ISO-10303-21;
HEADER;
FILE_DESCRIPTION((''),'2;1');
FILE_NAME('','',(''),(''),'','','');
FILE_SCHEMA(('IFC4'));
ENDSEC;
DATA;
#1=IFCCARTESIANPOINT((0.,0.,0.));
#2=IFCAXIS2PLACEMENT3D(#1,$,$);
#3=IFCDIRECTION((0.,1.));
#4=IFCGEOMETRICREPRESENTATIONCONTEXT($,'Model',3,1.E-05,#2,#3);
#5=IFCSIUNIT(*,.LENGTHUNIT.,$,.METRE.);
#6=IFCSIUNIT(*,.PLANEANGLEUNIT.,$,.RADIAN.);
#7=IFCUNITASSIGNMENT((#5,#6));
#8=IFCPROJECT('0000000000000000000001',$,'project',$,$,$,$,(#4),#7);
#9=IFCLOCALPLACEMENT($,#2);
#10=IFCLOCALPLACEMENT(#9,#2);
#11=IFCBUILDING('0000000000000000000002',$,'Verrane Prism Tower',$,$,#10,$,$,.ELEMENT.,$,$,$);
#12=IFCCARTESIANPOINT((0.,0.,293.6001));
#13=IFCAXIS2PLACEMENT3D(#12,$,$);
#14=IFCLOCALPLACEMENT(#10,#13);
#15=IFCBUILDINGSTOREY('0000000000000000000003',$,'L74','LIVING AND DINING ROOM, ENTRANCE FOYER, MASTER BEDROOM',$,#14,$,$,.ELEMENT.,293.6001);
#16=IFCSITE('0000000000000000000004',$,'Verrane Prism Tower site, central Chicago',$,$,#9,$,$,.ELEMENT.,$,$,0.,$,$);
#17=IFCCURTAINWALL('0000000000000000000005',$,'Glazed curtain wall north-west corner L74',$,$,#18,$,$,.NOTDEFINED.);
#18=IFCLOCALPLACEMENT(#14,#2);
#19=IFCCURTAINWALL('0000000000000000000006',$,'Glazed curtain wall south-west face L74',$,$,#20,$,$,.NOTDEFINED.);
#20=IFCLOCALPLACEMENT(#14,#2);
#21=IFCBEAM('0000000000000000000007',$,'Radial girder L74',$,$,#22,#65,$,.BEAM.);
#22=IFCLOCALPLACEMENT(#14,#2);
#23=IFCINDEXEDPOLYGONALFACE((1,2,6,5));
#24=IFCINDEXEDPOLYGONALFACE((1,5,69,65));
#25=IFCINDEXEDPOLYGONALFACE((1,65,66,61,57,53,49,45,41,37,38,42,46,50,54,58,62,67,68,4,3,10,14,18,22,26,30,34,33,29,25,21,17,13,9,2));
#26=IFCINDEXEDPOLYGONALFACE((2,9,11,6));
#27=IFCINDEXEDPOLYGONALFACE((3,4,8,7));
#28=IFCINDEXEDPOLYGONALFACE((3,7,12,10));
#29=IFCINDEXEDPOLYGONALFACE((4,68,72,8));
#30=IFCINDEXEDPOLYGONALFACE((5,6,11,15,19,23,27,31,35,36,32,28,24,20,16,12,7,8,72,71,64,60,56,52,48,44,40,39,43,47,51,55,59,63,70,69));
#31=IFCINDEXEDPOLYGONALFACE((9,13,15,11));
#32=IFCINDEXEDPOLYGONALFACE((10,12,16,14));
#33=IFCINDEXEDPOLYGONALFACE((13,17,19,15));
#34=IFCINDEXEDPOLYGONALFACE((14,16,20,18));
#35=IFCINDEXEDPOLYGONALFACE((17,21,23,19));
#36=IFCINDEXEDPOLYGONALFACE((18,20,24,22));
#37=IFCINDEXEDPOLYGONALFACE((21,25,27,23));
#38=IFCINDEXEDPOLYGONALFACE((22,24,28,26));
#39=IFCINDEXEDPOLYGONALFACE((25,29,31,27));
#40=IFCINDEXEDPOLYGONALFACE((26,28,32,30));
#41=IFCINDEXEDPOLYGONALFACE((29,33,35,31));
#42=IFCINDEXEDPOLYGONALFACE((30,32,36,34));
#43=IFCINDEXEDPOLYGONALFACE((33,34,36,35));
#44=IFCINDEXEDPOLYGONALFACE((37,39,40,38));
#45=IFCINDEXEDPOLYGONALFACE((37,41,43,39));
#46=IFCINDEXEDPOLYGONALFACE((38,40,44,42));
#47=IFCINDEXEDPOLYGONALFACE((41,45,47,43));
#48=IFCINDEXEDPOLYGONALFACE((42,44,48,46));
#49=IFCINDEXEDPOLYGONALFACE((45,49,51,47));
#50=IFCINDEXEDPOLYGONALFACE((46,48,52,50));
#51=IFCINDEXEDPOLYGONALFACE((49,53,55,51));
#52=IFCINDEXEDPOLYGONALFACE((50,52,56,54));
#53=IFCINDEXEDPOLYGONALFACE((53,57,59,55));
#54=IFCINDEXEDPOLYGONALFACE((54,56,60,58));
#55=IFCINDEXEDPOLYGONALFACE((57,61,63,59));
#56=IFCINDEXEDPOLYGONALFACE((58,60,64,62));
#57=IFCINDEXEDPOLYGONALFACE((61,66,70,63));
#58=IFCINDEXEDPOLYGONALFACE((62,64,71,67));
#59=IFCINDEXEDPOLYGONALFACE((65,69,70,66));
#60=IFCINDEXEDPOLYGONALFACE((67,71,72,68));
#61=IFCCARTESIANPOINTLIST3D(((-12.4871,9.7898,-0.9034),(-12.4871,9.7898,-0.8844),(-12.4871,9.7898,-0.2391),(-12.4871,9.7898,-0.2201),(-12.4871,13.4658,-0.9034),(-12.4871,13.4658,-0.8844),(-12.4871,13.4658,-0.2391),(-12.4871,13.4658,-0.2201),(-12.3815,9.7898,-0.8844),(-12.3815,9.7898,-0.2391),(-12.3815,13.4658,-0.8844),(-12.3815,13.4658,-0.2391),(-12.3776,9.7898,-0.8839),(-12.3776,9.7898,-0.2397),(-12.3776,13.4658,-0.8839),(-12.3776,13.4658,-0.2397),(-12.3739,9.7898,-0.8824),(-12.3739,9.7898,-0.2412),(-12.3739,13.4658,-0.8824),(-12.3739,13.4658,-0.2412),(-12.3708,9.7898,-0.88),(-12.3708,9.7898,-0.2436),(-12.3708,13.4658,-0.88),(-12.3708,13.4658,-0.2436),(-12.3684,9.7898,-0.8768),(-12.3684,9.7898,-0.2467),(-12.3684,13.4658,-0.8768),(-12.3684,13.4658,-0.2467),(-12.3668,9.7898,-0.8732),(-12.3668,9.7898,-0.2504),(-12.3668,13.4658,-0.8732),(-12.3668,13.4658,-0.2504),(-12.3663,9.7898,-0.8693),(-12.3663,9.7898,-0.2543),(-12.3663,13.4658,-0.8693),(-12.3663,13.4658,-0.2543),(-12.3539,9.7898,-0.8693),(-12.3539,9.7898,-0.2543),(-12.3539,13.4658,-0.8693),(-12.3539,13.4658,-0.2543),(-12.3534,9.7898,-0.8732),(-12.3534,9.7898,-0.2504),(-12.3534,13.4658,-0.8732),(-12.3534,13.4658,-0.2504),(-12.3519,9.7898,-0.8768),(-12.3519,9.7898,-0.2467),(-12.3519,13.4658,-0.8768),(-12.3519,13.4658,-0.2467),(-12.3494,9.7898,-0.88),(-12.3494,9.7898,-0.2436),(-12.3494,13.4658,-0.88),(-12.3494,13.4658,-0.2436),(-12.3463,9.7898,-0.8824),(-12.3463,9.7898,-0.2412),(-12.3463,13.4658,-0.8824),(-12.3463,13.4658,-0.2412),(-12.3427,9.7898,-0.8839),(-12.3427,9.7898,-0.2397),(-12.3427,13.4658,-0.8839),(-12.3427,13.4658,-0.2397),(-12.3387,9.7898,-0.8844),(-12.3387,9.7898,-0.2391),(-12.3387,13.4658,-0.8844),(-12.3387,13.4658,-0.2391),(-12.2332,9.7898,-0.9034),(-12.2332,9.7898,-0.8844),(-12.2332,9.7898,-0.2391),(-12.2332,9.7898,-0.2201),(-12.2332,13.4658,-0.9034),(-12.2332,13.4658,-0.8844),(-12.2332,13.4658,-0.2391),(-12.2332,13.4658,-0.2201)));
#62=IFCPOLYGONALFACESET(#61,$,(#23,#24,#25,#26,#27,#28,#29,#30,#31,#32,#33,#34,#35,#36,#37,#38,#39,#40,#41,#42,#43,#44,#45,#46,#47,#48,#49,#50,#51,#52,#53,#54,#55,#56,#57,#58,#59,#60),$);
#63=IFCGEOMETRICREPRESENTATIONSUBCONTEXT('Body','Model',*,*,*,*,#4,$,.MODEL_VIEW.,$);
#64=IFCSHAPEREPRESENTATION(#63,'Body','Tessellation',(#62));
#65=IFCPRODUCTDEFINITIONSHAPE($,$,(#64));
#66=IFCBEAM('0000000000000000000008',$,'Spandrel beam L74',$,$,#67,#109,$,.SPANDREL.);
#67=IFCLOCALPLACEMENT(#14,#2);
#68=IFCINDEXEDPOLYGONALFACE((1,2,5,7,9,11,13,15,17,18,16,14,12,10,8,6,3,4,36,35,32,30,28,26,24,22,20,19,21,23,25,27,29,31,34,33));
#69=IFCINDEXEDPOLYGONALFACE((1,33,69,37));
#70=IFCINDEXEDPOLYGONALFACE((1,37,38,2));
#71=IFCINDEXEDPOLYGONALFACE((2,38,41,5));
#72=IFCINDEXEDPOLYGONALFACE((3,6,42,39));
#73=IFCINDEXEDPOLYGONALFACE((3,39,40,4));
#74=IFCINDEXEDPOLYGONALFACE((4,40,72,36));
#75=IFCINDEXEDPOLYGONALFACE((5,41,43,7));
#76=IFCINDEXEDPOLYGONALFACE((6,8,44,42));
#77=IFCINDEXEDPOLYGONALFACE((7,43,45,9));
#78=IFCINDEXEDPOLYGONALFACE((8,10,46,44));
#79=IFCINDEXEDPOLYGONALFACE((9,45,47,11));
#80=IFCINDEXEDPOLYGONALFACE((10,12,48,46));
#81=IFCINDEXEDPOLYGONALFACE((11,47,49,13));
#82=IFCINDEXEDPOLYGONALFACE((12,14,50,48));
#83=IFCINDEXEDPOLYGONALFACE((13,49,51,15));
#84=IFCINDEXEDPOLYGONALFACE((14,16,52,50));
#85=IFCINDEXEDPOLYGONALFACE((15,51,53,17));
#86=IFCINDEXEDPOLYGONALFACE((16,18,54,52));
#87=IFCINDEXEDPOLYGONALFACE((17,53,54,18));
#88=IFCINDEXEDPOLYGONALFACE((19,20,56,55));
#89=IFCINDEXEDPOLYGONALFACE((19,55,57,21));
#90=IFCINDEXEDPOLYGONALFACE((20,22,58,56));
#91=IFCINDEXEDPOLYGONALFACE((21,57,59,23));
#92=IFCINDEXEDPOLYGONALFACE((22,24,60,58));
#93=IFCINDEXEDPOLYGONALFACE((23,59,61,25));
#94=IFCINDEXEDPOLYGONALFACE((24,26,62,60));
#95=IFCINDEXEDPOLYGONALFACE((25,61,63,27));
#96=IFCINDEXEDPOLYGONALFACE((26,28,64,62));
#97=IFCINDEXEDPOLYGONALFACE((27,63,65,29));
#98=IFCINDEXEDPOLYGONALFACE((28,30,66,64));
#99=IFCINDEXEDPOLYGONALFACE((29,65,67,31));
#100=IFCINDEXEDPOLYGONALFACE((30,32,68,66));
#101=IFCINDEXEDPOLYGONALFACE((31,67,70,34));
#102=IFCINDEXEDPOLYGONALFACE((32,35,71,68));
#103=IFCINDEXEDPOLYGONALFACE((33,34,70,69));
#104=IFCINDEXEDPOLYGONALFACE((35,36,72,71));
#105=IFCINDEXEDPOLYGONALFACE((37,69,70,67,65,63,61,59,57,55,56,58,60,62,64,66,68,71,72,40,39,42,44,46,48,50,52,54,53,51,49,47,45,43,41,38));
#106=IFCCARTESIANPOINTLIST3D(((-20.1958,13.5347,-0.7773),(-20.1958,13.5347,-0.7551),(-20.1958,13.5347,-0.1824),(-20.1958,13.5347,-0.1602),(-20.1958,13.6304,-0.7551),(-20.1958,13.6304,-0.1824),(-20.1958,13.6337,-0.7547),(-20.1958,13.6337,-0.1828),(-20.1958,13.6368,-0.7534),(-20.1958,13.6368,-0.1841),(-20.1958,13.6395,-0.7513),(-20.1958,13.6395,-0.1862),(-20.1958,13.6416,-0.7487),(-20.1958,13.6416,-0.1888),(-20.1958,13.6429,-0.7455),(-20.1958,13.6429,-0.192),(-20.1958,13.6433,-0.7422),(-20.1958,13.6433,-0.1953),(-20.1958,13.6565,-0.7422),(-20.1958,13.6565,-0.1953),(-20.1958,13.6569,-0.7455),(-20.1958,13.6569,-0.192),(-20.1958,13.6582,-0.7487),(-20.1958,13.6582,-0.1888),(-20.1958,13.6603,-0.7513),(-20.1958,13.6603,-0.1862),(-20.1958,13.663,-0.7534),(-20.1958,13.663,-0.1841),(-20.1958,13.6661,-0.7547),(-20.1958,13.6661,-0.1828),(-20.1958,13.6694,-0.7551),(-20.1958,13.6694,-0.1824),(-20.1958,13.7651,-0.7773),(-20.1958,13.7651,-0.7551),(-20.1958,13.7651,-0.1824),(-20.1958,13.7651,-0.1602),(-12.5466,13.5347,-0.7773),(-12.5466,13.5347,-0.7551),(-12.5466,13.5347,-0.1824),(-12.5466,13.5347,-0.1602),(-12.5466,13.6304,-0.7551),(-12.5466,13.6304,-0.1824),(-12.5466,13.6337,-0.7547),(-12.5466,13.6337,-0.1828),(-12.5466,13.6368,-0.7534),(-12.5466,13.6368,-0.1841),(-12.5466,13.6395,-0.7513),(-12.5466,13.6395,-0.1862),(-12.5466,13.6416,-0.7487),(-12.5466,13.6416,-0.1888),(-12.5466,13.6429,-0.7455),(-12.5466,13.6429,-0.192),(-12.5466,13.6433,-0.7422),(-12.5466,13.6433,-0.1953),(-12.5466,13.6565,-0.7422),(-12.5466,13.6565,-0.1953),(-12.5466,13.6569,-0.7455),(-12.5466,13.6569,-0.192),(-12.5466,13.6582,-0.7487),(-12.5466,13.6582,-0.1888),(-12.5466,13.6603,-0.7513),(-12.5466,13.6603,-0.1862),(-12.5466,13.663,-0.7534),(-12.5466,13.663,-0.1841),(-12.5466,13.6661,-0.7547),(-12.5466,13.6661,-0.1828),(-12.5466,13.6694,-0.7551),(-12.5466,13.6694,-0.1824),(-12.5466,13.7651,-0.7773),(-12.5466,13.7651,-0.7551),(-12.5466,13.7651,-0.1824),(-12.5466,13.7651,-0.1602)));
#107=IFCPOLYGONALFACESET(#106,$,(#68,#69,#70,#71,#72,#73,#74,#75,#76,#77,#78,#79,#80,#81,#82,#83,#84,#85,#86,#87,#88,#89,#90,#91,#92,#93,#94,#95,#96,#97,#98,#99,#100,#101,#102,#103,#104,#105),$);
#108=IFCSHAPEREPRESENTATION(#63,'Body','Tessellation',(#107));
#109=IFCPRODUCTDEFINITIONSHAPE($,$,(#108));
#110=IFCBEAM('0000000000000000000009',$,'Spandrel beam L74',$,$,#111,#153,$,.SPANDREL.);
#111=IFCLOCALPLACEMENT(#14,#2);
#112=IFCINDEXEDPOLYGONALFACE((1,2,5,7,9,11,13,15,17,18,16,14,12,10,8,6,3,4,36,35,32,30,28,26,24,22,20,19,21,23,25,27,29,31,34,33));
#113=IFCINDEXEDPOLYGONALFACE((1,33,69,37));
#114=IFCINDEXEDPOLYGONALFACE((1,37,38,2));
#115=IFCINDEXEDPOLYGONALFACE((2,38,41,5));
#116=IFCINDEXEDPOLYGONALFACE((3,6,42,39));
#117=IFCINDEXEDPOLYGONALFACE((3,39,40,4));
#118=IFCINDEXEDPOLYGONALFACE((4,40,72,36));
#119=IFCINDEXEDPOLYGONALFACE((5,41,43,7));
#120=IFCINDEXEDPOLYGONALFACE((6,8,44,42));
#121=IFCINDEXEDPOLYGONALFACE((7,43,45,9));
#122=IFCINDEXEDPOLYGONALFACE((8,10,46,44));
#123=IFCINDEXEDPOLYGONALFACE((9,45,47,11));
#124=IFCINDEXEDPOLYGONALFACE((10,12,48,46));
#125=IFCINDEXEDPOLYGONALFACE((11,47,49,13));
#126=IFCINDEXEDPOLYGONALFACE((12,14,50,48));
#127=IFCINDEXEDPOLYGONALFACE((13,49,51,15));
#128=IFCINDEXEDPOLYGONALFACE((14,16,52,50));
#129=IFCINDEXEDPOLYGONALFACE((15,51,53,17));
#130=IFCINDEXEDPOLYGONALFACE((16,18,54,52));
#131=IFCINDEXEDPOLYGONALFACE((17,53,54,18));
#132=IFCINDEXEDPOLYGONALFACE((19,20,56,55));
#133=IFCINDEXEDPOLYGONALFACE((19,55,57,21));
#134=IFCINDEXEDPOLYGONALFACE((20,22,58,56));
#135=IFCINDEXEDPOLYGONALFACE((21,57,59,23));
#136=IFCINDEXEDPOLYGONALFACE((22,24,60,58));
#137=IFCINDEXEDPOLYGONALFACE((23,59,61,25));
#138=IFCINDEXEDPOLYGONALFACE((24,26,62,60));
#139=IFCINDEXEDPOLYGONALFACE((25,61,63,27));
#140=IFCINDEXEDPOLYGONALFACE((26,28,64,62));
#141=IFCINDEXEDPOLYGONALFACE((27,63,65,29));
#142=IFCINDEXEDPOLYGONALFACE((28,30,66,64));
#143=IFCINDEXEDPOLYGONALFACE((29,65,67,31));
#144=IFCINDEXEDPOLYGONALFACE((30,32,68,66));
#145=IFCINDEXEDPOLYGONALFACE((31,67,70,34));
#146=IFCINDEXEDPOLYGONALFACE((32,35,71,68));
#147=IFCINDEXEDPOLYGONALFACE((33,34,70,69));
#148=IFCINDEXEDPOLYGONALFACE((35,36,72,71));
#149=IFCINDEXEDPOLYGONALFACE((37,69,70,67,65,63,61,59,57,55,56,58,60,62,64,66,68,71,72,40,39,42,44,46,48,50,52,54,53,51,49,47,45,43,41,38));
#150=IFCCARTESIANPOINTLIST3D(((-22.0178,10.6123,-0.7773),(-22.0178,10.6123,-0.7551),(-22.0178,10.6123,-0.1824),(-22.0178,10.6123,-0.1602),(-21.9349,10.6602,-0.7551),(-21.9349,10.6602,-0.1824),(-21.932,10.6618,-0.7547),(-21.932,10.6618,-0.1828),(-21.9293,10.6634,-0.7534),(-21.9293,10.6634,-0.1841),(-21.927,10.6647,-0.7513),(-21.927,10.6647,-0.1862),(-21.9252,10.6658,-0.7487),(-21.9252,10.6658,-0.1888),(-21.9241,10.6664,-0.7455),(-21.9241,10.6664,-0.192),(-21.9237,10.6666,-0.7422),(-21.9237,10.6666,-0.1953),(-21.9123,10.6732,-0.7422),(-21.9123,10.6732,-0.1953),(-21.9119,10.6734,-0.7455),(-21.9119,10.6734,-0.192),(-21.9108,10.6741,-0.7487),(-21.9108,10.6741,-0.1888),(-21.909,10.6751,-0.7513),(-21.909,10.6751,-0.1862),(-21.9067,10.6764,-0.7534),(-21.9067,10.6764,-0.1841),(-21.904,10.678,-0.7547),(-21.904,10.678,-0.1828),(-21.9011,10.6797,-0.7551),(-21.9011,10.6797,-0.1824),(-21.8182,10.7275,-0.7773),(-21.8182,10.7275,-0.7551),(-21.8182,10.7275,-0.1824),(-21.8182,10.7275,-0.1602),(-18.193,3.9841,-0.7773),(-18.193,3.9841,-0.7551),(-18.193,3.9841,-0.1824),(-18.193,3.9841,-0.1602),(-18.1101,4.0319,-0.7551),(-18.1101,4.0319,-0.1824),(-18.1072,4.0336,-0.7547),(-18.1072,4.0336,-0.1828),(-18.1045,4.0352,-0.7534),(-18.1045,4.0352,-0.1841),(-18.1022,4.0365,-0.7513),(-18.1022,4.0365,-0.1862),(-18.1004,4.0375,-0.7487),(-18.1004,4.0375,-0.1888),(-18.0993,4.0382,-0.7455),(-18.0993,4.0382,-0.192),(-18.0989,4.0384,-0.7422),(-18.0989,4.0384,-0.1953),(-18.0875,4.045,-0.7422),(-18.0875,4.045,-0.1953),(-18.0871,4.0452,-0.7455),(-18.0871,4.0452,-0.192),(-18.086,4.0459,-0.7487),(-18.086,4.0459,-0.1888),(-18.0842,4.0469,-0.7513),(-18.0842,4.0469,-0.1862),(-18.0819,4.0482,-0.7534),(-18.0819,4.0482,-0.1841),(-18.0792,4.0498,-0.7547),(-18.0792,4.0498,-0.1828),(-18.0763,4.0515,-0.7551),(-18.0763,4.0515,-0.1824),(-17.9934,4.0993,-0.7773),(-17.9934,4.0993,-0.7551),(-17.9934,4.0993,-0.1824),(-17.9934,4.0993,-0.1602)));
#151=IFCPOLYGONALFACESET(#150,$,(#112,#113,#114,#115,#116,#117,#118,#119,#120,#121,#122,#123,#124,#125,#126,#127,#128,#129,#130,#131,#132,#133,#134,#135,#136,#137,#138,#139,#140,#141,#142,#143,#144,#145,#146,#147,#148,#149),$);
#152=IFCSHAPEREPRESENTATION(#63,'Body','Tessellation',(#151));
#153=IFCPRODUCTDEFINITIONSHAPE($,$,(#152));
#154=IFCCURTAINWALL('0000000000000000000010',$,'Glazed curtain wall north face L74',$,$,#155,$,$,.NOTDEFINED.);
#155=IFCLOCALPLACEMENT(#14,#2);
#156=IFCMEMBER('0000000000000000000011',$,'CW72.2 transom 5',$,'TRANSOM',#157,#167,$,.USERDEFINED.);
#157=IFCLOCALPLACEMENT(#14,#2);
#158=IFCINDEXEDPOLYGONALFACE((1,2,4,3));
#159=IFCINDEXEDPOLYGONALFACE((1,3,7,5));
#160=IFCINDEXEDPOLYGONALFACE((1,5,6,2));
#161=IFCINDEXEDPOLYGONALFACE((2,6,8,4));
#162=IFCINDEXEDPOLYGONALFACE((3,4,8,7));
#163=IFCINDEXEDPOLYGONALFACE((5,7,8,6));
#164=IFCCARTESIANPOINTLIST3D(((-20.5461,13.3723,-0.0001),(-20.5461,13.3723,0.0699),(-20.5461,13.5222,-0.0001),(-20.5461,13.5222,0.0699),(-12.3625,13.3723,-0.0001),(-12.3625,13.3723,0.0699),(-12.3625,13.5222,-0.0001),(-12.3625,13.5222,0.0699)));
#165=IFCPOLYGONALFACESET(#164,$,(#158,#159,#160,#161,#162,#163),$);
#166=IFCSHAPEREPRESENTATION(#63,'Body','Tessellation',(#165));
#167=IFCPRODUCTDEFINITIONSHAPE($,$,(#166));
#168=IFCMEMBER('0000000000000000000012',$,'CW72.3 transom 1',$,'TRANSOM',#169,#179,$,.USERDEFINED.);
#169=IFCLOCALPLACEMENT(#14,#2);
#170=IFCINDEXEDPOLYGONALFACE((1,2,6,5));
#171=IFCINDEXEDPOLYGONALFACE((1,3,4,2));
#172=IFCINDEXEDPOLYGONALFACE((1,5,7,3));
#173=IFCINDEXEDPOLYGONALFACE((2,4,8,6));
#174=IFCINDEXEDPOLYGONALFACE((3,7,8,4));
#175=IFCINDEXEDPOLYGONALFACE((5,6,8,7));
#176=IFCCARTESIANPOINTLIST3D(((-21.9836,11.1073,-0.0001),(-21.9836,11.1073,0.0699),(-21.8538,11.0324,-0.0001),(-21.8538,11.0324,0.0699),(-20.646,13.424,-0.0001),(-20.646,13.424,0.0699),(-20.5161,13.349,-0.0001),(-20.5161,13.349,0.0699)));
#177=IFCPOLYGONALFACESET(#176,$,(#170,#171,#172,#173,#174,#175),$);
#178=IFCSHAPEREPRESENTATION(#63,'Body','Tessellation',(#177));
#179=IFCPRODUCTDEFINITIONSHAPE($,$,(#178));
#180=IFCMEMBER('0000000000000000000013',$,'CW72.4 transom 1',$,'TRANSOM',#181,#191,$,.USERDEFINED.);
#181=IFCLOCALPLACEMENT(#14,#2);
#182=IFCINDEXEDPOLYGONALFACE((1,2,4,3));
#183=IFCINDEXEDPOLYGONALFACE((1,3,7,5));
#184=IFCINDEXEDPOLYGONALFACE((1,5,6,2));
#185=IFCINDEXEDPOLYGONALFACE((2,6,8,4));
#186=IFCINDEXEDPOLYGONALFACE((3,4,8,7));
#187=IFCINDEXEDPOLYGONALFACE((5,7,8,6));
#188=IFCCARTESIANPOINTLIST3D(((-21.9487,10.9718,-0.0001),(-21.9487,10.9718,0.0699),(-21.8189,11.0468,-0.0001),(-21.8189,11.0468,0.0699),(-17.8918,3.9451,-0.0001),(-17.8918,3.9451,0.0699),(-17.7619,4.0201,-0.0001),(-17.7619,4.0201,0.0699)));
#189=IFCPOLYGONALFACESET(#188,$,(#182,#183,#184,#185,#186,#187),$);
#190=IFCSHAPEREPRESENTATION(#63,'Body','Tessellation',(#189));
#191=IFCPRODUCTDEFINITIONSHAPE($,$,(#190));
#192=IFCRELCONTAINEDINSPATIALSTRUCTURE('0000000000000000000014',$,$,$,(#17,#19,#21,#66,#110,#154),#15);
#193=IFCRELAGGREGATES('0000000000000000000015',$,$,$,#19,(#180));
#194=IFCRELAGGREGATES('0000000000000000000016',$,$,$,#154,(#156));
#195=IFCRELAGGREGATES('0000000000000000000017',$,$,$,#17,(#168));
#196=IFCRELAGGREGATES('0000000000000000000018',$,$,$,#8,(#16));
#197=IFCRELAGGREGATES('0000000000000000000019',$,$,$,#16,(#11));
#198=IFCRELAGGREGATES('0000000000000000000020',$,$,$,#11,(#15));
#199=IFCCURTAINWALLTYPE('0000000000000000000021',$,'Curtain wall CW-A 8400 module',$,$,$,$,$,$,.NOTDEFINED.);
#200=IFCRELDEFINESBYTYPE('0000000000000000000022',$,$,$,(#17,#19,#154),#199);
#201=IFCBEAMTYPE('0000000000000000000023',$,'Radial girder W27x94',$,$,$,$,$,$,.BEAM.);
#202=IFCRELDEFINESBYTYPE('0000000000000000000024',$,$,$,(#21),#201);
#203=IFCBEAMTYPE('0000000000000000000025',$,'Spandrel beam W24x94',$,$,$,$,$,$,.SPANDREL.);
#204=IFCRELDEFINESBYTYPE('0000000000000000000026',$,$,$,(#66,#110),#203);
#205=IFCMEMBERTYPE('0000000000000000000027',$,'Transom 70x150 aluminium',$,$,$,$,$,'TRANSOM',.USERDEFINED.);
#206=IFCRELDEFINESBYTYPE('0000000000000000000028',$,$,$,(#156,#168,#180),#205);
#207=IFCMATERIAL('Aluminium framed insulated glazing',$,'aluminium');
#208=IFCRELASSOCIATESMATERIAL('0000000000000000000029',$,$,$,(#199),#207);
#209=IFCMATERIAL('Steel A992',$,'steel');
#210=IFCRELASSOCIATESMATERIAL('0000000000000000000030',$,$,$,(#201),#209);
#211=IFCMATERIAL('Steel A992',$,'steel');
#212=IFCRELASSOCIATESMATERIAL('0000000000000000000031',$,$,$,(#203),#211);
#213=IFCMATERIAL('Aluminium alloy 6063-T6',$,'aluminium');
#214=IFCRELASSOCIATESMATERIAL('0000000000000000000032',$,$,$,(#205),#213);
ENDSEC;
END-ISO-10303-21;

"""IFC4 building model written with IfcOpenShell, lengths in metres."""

from ifc_helpers import new_model, si_unit, direction, frame, origin, origin_2d, place, context, subcontext, project, spatial, rectangle, i_section, extrude, material, material_profile, profile_set, type_object, element, aggregate, save


model = new_model("IFC4")

# Units and contexts
model_context = context("Model", 3, precision=1e-05, world=origin(), true_north=direction((0.0, 1.0)))
body_context = subcontext(model_context, "Body", "Model", "MODEL_VIEW")
ifc_project = project(units=[si_unit("LENGTHUNIT", "METRE"), si_unit("PLANEANGLEUNIT", "RADIAN")], contexts=[model_context])

# Site, building, storey
site_placement = place(None, origin())
site = spatial("IfcSite", under=ifc_project, at=site_placement, Name="Verrane Prism Tower site, central Chicago", CompositionType="ELEMENT", RefElevation=0.0)
building_placement = place(site_placement, origin())
building = spatial("IfcBuilding", under=site, at=building_placement, Name="Verrane Prism Tower", CompositionType="ELEMENT")
storey_placement = place(building_placement, frame((0.0, 0.0, 293.6001)))
storey = spatial("IfcBuildingStorey", under=building, at=storey_placement, Name="L74", Description="LIVING AND DINING ROOM, ENTRANCE FOYER, MASTER BEDROOM", CompositionType="ELEMENT", Elevation=293.6001)

# Curtain walls
ifc_material_1 = material(Name="Aluminium framed insulated glazing", Category="aluminium")
curtain_wall_type = type_object("IfcCurtainWallType", Name="Curtain wall CW-A 8400 module", PredefinedType="NOTDEFINED", material=ifc_material_1)
curtain_wall_1_placement = place(storey_placement, origin())
curtain_wall_1 = element("IfcCurtainWall", 1, at=curtain_wall_1_placement, inside=storey, type_object=curtain_wall_type, Name="Glazed curtain wall north-west corner L74", PredefinedType="NOTDEFINED")
curtain_wall_2_placement = place(storey_placement, origin())
curtain_wall_2 = element("IfcCurtainWall", 2, at=curtain_wall_2_placement, inside=storey, type_object=curtain_wall_type, Name="Glazed curtain wall south-west face L74", PredefinedType="NOTDEFINED")

# Beams
ifc_material_2 = material(Name="Steel A992", Category="steel")
ifc_material_profile_1 = material_profile(ifc_material_2, i_section(OverallWidth=0.2539, OverallDepth=0.6833, WebThickness=0.0125, FlangeThickness=0.019, FilletRadius=0.0151, at=origin_2d()), Name="W27x94")
ifc_profile_set_1 = profile_set([ifc_material_profile_1], Name="Steel A992")
beam_type_1 = type_object("IfcBeamType", Name="Radial girder W27x94", PredefinedType="BEAM", material=ifc_profile_set_1)
beam_1_placement = place(storey_placement, frame((-12.3601, 13.4658, -0.5618), z_axis=(0.0, -1.0, 0.0), x_axis=(1.0, 0.0, 0.0)))
element("IfcBeam", 3, at=beam_1_placement, inside=storey, type_object=beam_type_1, Name="Radial girder L74", PredefinedType="BEAM", context=body_context, shape_type="SweptSolid", body=[
    extrude(i_section(OverallWidth=0.2539, OverallDepth=0.6833, WebThickness=0.0125, FlangeThickness=0.019, FilletRadius=0.0151, at=origin_2d()), origin(), (0.0, 0.0, 1.0), 3.676),
])
ifc_material_3 = material(Name="Steel A992", Category="steel")
ifc_material_profile_2 = material_profile(ifc_material_3, i_section(OverallWidth=0.2305, OverallDepth=0.6172, WebThickness=0.0132, FlangeThickness=0.0222, FilletRadius=0.0129, at=origin_2d()), Name="W24x94")
ifc_profile_set_2 = profile_set([ifc_material_profile_2], Name="Steel A992")
beam_type_2 = type_object("IfcBeamType", Name="Spandrel beam W24x94", PredefinedType="SPANDREL", material=ifc_profile_set_2)
beam_2_placement = place(storey_placement, frame((-12.5466, 13.6499, -0.4688), z_axis=(-1.0, 0.0, 0.0), x_axis=(0.0, -1.0, 0.0)))
element("IfcBeam", 4, at=beam_2_placement, inside=storey, type_object=beam_type_2, Name="Spandrel beam L74", PredefinedType="SPANDREL", context=body_context, shape_type="SweptSolid", body=[
    extrude(i_section(OverallWidth=0.2305, OverallDepth=0.6172, WebThickness=0.0132, FlangeThickness=0.0222, FilletRadius=0.0129, at=origin_2d()), origin(), (0.0, 0.0, 1.0), 7.6492),
])
beam_3_placement = place(storey_placement, frame((-21.918, 10.6699, -0.4688), z_axis=(0.499797, -0.866143, 0.0), x_axis=(0.866143, 0.499797, 0.0)))
element("IfcBeam", 5, at=beam_3_placement, inside=storey, type_object=beam_type_2, Name="Spandrel beam L74", PredefinedType="SPANDREL", context=body_context, shape_type="SweptSolid", body=[
    extrude(i_section(OverallWidth=0.2305, OverallDepth=0.6172, WebThickness=0.0132, FlangeThickness=0.0222, FilletRadius=0.0129, at=origin_2d()), origin(), (0.0, 0.0, 1.0), 7.6526),
])

# Curtain wall, member
curtain_wall_3_placement = place(storey_placement, origin())
curtain_wall_3 = element("IfcCurtainWall", 6, at=curtain_wall_3_placement, inside=storey, type_object=curtain_wall_type, Name="Glazed curtain wall north face L74", PredefinedType="NOTDEFINED")
ifc_material_4 = material(Name="Aluminium alloy 6063-T6", Category="aluminium")
ifc_material_profile_3 = material_profile(ifc_material_4, rectangle(XDim=0.1499, YDim=0.0701, at=origin_2d()), Name="Transom 70x150 aluminium")
ifc_profile_set_3 = profile_set([ifc_material_profile_3], Name="Aluminium alloy 6063-T6")
member_type_1 = type_object("IfcMemberType", Name="Transom 70x150 aluminium", ElementType="TRANSOM", PredefinedType="USERDEFINED", material=ifc_profile_set_3)
member_1_placement = place(storey_placement, frame((-12.3625, 13.4473, 0.0349), z_axis=(-1.0, 0.0, 0.0), x_axis=(0.0, -1.0, 0.0)))
member_1 = element("IfcMember", 7, at=member_1_placement, type_object=member_type_1, Name="CW72.2 transom 5", ObjectType="TRANSOM", PredefinedType="USERDEFINED", context=body_context, shape_type="SweptSolid", body=[
    extrude(rectangle(XDim=0.1499, YDim=0.0701, at=origin_2d()), origin(), (0.0, 0.0, 1.0), 8.1836),
])

# Members
member_2_placement = place(storey_placement, frame((-20.5811, 13.3865, 0.0349), z_axis=(-0.500036, -0.866005, 0.0), x_axis=(0.866005, -0.500036, 0.0)))
member_2 = element("IfcMember", 8, at=member_2_placement, type_object=member_type_1, Name="CW72.3 transom 1", ObjectType="TRANSOM", PredefinedType="USERDEFINED", context=body_context, shape_type="SweptSolid", body=[
    extrude(rectangle(XDim=0.1499, YDim=0.0701, at=origin_2d()), origin(), (0.0, 0.0, 1.0), 2.675),
])
member_3_placement = place(storey_placement, frame((-21.8838, 11.0093, 0.0349), z_axis=(0.500006, -0.866022, 0.0), x_axis=(0.866022, 0.500006, 0.0)))
member_3 = element("IfcMember", 9, at=member_3_placement, type_object=member_type_1, Name="CW72.4 transom 1", ObjectType="TRANSOM", PredefinedType="USERDEFINED", context=body_context, shape_type="SweptSolid", body=[
    extrude(rectangle(XDim=0.1499, YDim=0.0701, at=origin_2d()), origin(), (0.0, 0.0, 1.0), 8.1138),
])
aggregate(curtain_wall_2, [member_3])

aggregate(curtain_wall_3, [member_1])
aggregate(curtain_wall_1, [member_2])

save(model, "model.ifc")
